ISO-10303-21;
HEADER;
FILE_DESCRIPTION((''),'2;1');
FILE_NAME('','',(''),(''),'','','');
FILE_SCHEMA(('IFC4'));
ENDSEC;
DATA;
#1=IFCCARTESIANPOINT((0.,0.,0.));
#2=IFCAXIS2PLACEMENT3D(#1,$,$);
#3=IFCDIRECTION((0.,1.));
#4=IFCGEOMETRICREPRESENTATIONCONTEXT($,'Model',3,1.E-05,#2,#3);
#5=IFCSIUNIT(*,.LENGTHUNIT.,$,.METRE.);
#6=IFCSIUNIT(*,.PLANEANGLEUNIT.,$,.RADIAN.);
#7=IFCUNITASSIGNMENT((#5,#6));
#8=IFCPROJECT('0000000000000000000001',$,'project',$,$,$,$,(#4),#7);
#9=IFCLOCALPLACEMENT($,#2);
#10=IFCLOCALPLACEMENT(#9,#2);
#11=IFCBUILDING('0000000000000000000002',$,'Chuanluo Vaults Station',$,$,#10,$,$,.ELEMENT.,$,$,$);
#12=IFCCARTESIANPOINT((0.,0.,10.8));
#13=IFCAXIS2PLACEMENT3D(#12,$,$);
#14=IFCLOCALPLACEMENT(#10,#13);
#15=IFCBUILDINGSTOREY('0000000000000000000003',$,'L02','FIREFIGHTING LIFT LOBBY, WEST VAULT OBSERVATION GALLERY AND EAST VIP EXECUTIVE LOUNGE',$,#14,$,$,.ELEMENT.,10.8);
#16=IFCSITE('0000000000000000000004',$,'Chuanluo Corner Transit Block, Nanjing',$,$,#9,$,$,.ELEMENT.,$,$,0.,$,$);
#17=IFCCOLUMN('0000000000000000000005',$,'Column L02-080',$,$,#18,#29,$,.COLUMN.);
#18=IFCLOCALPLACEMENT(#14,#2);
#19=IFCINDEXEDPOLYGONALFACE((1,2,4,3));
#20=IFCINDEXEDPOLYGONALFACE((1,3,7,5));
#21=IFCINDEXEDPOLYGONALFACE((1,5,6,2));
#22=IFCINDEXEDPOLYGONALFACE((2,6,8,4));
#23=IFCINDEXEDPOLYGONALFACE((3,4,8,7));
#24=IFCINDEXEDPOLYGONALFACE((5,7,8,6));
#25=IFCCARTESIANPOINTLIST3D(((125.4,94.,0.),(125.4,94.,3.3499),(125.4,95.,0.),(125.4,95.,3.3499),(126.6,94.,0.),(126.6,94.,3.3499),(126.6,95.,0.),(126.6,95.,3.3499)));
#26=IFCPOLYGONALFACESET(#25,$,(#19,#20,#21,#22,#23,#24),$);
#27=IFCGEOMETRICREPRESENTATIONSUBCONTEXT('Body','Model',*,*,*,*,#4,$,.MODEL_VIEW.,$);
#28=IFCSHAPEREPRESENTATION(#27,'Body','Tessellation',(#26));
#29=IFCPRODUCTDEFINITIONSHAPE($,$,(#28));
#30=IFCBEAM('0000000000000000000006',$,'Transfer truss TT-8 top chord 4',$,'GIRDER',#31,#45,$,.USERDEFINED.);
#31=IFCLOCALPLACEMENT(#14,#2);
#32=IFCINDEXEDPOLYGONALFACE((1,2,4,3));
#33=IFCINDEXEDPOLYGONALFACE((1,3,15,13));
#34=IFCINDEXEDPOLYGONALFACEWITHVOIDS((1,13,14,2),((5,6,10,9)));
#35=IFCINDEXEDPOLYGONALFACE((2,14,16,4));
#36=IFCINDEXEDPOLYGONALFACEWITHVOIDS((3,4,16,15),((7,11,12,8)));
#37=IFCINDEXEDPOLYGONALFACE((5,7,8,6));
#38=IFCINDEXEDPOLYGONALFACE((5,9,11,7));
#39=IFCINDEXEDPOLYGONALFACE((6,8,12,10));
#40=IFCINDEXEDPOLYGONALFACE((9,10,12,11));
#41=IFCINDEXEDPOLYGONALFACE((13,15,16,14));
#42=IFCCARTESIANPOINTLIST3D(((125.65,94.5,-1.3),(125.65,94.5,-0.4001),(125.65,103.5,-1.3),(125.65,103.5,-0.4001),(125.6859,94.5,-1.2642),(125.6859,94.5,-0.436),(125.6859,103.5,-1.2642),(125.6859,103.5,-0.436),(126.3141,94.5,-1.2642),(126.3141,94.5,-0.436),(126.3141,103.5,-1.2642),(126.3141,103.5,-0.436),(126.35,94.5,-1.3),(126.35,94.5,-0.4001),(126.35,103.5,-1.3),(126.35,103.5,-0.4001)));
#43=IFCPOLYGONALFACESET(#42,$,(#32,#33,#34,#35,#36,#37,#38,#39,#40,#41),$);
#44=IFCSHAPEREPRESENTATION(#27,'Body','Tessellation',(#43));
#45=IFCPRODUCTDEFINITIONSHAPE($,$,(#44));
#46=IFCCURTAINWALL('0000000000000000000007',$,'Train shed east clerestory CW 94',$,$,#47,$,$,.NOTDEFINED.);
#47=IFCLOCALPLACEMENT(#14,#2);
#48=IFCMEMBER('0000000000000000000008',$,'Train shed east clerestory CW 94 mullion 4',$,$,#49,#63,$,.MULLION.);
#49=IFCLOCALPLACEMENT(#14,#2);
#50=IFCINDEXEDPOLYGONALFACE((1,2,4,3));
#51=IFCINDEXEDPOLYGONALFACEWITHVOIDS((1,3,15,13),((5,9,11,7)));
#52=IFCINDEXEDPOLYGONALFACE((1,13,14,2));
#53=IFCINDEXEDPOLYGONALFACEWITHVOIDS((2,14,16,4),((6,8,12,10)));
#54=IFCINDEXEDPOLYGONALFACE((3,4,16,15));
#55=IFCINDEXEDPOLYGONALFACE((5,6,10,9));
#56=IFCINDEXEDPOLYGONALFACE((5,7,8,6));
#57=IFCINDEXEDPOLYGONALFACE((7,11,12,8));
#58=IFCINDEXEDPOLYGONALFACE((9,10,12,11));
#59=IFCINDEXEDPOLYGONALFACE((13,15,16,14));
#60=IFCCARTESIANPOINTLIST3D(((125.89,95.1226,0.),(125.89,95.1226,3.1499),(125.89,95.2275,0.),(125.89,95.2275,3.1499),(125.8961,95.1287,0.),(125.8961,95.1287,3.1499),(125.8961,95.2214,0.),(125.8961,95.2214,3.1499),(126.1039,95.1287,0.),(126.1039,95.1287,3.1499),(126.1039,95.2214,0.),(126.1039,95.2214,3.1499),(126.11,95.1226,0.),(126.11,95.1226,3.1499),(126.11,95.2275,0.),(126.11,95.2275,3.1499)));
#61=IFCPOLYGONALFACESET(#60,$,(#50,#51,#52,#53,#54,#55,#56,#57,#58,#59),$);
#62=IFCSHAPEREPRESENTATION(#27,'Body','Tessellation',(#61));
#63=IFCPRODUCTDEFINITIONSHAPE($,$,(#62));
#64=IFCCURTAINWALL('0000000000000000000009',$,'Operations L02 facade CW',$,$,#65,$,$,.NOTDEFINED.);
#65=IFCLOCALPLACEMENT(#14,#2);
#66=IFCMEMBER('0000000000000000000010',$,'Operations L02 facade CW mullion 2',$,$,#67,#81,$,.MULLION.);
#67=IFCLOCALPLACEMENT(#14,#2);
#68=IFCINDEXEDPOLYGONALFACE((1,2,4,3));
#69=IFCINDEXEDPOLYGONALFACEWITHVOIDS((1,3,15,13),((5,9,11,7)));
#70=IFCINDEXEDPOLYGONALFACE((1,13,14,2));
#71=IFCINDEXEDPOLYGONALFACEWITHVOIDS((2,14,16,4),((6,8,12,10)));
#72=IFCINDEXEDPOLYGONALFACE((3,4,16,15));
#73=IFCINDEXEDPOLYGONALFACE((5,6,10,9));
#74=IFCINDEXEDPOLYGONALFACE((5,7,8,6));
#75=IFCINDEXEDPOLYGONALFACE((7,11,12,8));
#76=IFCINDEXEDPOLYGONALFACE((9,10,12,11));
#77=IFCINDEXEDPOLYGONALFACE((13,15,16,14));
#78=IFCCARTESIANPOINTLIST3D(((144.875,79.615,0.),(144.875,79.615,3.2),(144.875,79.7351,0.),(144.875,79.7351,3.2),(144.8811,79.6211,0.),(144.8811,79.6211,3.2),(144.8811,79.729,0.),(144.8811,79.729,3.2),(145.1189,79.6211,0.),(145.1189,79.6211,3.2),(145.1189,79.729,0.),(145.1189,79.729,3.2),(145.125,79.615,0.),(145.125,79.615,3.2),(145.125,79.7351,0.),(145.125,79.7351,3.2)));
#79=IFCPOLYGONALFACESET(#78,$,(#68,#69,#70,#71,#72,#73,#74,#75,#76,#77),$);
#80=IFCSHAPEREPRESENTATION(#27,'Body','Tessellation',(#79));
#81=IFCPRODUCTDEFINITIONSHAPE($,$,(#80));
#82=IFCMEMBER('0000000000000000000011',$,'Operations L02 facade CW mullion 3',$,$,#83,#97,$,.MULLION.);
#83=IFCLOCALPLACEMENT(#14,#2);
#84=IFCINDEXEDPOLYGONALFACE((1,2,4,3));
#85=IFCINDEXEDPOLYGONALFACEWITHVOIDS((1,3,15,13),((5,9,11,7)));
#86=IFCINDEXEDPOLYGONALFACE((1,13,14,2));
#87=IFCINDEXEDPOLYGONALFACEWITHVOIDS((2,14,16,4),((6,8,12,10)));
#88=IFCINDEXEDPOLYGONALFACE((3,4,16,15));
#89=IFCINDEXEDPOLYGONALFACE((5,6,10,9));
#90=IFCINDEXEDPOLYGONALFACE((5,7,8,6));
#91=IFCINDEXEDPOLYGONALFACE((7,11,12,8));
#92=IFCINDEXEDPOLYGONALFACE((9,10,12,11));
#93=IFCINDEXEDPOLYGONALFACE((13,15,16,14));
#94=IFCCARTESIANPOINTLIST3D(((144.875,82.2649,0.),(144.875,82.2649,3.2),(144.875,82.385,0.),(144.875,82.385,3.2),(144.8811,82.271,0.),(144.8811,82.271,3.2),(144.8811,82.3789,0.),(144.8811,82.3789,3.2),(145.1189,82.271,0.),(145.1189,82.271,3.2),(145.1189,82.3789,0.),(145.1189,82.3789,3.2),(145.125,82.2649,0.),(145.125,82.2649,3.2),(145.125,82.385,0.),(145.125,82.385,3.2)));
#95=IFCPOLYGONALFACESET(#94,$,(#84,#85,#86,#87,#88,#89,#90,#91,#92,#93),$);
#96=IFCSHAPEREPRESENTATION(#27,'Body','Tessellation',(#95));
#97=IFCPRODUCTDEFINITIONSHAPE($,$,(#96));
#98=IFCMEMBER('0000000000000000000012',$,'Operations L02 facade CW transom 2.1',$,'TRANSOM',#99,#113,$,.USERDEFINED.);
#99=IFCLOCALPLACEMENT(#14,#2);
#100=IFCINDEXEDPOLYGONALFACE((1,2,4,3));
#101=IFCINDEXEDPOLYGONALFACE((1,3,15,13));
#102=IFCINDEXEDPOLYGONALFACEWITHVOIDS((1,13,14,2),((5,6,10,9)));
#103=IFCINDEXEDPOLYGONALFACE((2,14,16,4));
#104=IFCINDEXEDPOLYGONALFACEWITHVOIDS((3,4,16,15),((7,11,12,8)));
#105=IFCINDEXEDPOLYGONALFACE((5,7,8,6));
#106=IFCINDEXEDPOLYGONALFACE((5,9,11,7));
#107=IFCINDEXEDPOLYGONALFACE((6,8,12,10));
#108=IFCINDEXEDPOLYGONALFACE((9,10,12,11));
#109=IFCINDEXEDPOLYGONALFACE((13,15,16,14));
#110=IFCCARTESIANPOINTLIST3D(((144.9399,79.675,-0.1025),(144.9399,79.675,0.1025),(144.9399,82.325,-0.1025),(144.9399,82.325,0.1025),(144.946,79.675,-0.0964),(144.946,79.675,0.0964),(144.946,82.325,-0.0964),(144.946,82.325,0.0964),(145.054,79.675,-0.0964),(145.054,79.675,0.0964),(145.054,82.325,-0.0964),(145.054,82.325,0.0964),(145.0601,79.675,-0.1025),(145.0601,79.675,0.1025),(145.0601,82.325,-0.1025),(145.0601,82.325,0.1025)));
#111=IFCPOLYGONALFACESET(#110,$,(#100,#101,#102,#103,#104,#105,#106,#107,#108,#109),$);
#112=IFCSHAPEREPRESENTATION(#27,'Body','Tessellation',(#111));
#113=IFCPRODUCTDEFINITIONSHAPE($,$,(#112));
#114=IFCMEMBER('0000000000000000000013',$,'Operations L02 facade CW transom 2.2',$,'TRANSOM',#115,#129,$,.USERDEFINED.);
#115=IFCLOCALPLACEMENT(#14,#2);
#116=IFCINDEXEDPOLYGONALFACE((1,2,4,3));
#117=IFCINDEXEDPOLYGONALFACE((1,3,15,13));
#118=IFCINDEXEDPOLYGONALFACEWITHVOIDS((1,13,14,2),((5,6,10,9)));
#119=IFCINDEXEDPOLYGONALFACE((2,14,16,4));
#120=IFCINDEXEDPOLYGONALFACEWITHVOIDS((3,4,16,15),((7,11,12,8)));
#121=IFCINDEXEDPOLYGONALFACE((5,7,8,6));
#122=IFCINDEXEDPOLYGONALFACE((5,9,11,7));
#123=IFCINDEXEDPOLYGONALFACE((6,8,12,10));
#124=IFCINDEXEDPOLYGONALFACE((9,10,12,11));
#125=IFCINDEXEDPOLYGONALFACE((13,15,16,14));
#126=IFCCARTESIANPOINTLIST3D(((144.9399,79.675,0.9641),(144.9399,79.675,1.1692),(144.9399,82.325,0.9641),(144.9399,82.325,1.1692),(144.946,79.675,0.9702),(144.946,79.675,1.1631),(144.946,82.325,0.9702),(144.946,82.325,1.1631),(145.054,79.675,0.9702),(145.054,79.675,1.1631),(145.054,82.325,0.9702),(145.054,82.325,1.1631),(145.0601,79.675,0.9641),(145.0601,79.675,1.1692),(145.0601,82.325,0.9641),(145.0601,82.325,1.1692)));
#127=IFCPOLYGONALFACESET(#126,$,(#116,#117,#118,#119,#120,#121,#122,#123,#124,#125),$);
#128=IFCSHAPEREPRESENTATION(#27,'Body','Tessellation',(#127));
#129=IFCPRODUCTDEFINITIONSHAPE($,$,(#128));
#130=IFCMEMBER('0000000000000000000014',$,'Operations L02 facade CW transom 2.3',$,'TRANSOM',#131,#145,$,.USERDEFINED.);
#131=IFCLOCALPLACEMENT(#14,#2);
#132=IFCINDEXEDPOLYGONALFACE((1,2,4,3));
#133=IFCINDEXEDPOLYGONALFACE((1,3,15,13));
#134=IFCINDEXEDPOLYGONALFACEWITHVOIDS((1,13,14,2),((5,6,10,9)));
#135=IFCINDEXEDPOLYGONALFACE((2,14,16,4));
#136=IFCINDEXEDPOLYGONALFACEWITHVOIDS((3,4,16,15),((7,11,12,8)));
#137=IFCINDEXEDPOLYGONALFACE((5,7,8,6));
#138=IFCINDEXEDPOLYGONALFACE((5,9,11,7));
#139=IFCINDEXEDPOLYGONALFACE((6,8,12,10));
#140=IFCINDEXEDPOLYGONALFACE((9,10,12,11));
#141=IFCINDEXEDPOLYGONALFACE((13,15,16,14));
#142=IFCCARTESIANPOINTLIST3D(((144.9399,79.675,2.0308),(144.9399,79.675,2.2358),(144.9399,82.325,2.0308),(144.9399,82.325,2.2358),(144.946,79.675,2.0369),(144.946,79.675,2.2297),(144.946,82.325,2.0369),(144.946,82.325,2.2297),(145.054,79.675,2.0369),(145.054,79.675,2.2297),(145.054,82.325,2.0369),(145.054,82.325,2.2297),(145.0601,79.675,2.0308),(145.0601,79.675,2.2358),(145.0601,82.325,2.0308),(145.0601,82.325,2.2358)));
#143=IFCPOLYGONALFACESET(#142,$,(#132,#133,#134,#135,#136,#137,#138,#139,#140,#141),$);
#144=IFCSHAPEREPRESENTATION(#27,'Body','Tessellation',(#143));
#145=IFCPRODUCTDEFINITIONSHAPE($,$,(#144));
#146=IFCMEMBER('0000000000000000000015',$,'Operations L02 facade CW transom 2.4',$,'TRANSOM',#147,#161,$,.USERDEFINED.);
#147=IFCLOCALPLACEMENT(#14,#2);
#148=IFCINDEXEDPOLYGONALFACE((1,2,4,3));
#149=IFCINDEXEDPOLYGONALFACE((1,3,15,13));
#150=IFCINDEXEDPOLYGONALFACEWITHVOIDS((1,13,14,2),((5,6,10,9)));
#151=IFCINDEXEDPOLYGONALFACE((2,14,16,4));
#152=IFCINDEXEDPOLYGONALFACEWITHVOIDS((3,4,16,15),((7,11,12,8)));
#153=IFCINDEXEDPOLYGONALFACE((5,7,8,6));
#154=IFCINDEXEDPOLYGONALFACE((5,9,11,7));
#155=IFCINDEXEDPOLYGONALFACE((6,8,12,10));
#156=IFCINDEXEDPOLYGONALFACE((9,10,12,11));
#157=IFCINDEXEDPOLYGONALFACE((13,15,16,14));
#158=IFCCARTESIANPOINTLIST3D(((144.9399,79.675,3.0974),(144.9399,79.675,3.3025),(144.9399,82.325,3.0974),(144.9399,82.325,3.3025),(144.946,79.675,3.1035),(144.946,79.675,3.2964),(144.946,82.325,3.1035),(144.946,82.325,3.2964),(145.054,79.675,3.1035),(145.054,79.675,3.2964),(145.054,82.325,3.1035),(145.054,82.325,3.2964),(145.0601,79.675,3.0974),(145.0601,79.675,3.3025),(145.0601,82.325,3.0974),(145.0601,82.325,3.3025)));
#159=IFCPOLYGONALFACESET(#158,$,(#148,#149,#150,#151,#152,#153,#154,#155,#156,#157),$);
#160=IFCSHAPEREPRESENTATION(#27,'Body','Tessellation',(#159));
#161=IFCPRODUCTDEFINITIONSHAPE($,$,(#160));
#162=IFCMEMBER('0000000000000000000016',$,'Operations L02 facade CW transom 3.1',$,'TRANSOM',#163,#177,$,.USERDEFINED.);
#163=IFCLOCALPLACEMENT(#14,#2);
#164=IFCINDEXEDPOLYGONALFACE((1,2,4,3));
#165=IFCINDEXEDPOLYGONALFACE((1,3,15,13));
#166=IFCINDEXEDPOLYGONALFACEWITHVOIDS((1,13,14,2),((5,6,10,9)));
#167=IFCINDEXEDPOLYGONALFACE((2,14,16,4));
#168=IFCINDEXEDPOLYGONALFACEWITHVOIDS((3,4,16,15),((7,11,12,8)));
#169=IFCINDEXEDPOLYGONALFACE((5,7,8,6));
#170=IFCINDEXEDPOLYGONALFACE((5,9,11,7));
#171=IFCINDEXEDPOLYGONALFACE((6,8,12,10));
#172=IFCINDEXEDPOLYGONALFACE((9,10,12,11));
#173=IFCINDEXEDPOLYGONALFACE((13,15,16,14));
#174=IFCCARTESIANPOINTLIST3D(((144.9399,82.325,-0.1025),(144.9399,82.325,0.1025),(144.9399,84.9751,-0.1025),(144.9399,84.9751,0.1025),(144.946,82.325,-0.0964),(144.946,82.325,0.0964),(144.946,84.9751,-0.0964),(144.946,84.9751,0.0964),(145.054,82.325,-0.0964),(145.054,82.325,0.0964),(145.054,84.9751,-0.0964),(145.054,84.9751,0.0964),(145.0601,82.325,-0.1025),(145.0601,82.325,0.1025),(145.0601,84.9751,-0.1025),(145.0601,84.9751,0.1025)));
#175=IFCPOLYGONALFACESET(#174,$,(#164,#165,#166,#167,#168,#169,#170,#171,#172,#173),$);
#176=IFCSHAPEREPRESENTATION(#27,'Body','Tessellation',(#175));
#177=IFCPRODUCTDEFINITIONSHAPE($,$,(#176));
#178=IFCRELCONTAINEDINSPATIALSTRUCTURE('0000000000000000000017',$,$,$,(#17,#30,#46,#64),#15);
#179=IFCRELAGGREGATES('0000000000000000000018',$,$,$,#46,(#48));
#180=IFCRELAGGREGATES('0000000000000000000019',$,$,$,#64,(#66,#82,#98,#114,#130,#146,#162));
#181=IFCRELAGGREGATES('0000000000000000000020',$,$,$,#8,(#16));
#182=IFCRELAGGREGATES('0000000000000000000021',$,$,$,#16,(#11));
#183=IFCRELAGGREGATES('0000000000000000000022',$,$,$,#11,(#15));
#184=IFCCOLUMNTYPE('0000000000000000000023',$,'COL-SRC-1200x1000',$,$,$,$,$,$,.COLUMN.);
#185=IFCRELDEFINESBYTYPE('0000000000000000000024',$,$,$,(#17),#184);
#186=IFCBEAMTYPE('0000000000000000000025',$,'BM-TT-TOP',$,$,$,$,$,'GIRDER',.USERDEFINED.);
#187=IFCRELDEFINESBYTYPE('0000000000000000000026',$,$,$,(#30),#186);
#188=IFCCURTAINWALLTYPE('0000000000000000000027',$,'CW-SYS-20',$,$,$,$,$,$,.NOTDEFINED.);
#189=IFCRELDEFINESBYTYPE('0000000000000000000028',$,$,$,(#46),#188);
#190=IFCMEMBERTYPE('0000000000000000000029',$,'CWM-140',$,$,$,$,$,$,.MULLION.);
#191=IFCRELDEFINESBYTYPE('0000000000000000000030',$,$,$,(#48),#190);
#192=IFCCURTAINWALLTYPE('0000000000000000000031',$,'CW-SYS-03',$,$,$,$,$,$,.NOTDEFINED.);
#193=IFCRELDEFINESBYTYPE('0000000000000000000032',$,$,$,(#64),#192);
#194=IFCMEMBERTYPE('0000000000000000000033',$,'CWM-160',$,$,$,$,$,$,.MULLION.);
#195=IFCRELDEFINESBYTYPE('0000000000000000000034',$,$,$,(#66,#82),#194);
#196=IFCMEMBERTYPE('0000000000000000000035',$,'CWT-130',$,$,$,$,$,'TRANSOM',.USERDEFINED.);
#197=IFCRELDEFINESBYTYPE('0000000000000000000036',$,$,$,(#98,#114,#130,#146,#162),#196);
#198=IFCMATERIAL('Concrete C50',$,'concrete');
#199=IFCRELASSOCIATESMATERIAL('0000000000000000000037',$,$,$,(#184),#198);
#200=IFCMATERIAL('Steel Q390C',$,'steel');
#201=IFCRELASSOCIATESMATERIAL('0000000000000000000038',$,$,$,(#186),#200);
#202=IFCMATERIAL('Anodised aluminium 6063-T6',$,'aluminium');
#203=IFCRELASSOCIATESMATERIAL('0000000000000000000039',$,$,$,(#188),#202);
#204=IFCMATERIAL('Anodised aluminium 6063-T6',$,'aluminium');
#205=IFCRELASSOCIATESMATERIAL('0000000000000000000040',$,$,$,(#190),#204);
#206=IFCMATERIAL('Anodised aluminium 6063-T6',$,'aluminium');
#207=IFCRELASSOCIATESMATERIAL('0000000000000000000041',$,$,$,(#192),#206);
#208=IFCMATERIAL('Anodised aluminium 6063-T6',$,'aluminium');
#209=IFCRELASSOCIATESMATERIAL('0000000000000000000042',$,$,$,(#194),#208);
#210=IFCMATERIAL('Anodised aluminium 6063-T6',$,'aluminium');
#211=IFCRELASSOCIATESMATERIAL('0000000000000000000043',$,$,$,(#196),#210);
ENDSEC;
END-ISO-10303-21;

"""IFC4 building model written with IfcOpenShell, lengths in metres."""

from ifc_helpers import new_model, si_unit, direction, frame, origin, origin_2d, place, context, subcontext, project, spatial, rectangle, hollow_rectangle, extrude, material, material_profile, profile_set, type_object, element, aggregate, save


model = new_model("IFC4")

# Units and contexts
model_context = context("Model", 3, precision=1e-05, world=origin(), true_north=direction((0.0, 1.0)))
body_context = subcontext(model_context, "Body", "Model", "MODEL_VIEW")
ifc_project = project(units=[si_unit("LENGTHUNIT", "METRE"), si_unit("PLANEANGLEUNIT", "RADIAN")], contexts=[model_context])

# Site, building, storey
site_placement = place(None, origin())
site = spatial("IfcSite", under=ifc_project, at=site_placement, Name="Chuanluo Corner Transit Block, Nanjing", CompositionType="ELEMENT", RefElevation=0.0)
building_placement = place(site_placement, origin())
building = spatial("IfcBuilding", under=site, at=building_placement, Name="Chuanluo Vaults Station", CompositionType="ELEMENT")
storey_placement = place(building_placement, frame((0.0, 0.0, 10.8)))
storey = spatial("IfcBuildingStorey", under=building, at=storey_placement, Name="L02", Description="FIREFIGHTING LIFT LOBBY, WEST VAULT OBSERVATION GALLERY AND EAST VIP EXECUTIVE LOUNGE", CompositionType="ELEMENT", Elevation=10.8)

# Column
ifc_material_1 = material(Name="Concrete C50", Category="concrete")
ifc_material_profile_1 = material_profile(ifc_material_1, rectangle(XDim=1.2, YDim=1.0, at=origin_2d()))
ifc_profile_set_1 = profile_set([ifc_material_profile_1], Name="Concrete C50")
column_type = type_object("IfcColumnType", Name="COL-SRC-1200x1000", PredefinedType="COLUMN", material=ifc_profile_set_1)
column_placement = place(storey_placement, frame((126.0, 94.5, 0.0), z_axis=(0.0, 0.0, 1.0), x_axis=(1.0, 0.0, 0.0)))
element("IfcColumn", 1, at=column_placement, inside=storey, type_object=column_type, Name="Column L02-080", PredefinedType="COLUMN", context=body_context, shape_type="SweptSolid", body=[
    extrude(rectangle(XDim=1.2, YDim=1.0, at=origin_2d()), origin(), (0.0, 0.0, 1.0), 3.3499),
])

# Beam
ifc_material_2 = material(Name="Steel Q390C", Category="steel")
ifc_material_profile_2 = material_profile(ifc_material_2, hollow_rectangle(XDim=0.7, YDim=0.8999, WallThickness=0.0359, at=origin_2d()))
ifc_profile_set_2 = profile_set([ifc_material_profile_2], Name="Steel Q390C")
beam_type = type_object("IfcBeamType", Name="BM-TT-TOP", ElementType="GIRDER", PredefinedType="USERDEFINED", material=ifc_profile_set_2)
beam_placement = place(storey_placement, frame((126.0, 94.5, -0.8501), z_axis=(0.0, 1.0, 0.0), x_axis=(-1.0, 0.0, 0.0)))
element("IfcBeam", 2, at=beam_placement, inside=storey, type_object=beam_type, Name="Transfer truss TT-8 top chord 4", ObjectType="GIRDER", PredefinedType="USERDEFINED", context=body_context, shape_type="SweptSolid", body=[
    extrude(hollow_rectangle(XDim=0.7, YDim=0.8999, WallThickness=0.0359, at=origin_2d()), origin(), (0.0, 0.0, 1.0), 9.0),
])

# Curtain wall, member
ifc_material_3 = material(Name="Anodised aluminium 6063-T6", Category="aluminium")
curtain_wall_type_1 = type_object("IfcCurtainWallType", Name="CW-SYS-20", PredefinedType="NOTDEFINED", material=ifc_material_3)
curtain_wall_1_placement = place(storey_placement, origin())
curtain_wall_1 = element("IfcCurtainWall", 3, at=curtain_wall_1_placement, inside=storey, type_object=curtain_wall_type_1, Name="Train shed east clerestory CW 94", PredefinedType="NOTDEFINED")
ifc_material_4 = material(Name="Anodised aluminium 6063-T6", Category="aluminium")
ifc_material_profile_3 = material_profile(ifc_material_4, hollow_rectangle(XDim=0.105, YDim=0.22, WallThickness=0.0061, at=origin_2d()))
ifc_profile_set_3 = profile_set([ifc_material_profile_3], Name="Anodised aluminium 6063-T6")
member_type_1 = type_object("IfcMemberType", Name="CWM-140", PredefinedType="MULLION", material=ifc_profile_set_3)
member_1_placement = place(storey_placement, frame((126.0, 95.175, 0.0), z_axis=(0.0, 0.0, 1.0), x_axis=(0.0, -1.0, 0.0)))
member_1 = element("IfcMember", 4, at=member_1_placement, type_object=member_type_1, Name="Train shed east clerestory CW 94 mullion 4", PredefinedType="MULLION", context=body_context, shape_type="SweptSolid", body=[
    extrude(hollow_rectangle(XDim=0.105, YDim=0.22, WallThickness=0.0061, at=origin_2d()), origin(), (0.0, 0.0, 1.0), 3.1499),
])

# Curtain wall, members
ifc_material_5 = material(Name="Anodised aluminium 6063-T6", Category="aluminium")
curtain_wall_type_2 = type_object("IfcCurtainWallType", Name="CW-SYS-03", PredefinedType="NOTDEFINED", material=ifc_material_5)
curtain_wall_2_placement = place(storey_placement, origin())
curtain_wall_2 = element("IfcCurtainWall", 5, at=curtain_wall_2_placement, inside=storey, type_object=curtain_wall_type_2, Name="Operations L02 facade CW", PredefinedType="NOTDEFINED")
ifc_material_6 = material(Name="Anodised aluminium 6063-T6", Category="aluminium")
ifc_material_profile_4 = material_profile(ifc_material_6, hollow_rectangle(XDim=0.1201, YDim=0.25, WallThickness=0.0061, at=origin_2d()))
ifc_profile_set_4 = profile_set([ifc_material_profile_4], Name="Anodised aluminium 6063-T6")
member_type_2 = type_object("IfcMemberType", Name="CWM-160", PredefinedType="MULLION", material=ifc_profile_set_4)
member_2_placement = place(storey_placement, frame((145.0, 79.675, 0.0), z_axis=(0.0, 0.0, 1.0), x_axis=(0.0, 1.0, 0.0)))
member_2 = element("IfcMember", 6, at=member_2_placement, type_object=member_type_2, Name="Operations L02 facade CW mullion 2", PredefinedType="MULLION", context=body_context, shape_type="SweptSolid", body=[
    extrude(hollow_rectangle(XDim=0.1201, YDim=0.25, WallThickness=0.0061, at=origin_2d()), origin(), (0.0, 0.0, 1.0), 3.2),
])
member_3_placement = place(storey_placement, frame((145.0, 82.325, 0.0), z_axis=(0.0, 0.0, 1.0), x_axis=(0.0, 1.0, 0.0)))
member_3 = element("IfcMember", 7, at=member_3_placement, type_object=member_type_2, Name="Operations L02 facade CW mullion 3", PredefinedType="MULLION", context=body_context, shape_type="SweptSolid", body=[
    extrude(hollow_rectangle(XDim=0.1201, YDim=0.25, WallThickness=0.0061, at=origin_2d()), origin(), (0.0, 0.0, 1.0), 3.2),
])
ifc_material_7 = material(Name="Anodised aluminium 6063-T6", Category="aluminium")
ifc_material_profile_5 = material_profile(ifc_material_7, hollow_rectangle(XDim=0.1201, YDim=0.2051, WallThickness=0.0061, at=origin_2d()))
ifc_profile_set_5 = profile_set([ifc_material_profile_5], Name="Anodised aluminium 6063-T6")
member_type_3 = type_object("IfcMemberType", Name="CWT-130", ElementType="TRANSOM", PredefinedType="USERDEFINED", material=ifc_profile_set_5)
member_4_placement = place(storey_placement, frame((145.0, 79.675, 0.0), z_axis=(0.0, 1.0, 0.0), x_axis=(-1.0, 0.0, 0.0)))
member_4 = element("IfcMember", 8, at=member_4_placement, type_object=member_type_3, Name="Operations L02 facade CW transom 2.1", ObjectType="TRANSOM", PredefinedType="USERDEFINED", context=body_context, shape_type="SweptSolid", body=[
    extrude(hollow_rectangle(XDim=0.1201, YDim=0.2051, WallThickness=0.0061, at=origin_2d()), origin(), (0.0, 0.0, 1.0), 2.6499),
])
member_5_placement = place(storey_placement, frame((145.0, 79.675, 1.0667), z_axis=(0.0, 1.0, 0.0), x_axis=(-1.0, 0.0, 0.0)))
member_5 = element("IfcMember", 9, at=member_5_placement, type_object=member_type_3, Name="Operations L02 facade CW transom 2.2", ObjectType="TRANSOM", PredefinedType="USERDEFINED", context=body_context, shape_type="SweptSolid", body=[
    extrude(hollow_rectangle(XDim=0.1201, YDim=0.2051, WallThickness=0.0061, at=origin_2d()), origin(), (0.0, 0.0, 1.0), 2.6499),
])
member_6_placement = place(storey_placement, frame((145.0, 79.675, 2.1333), z_axis=(0.0, 1.0, 0.0), x_axis=(-1.0, 0.0, 0.0)))
member_6 = element("IfcMember", 10, at=member_6_placement, type_object=member_type_3, Name="Operations L02 facade CW transom 2.3", ObjectType="TRANSOM", PredefinedType="USERDEFINED", context=body_context, shape_type="SweptSolid", body=[
    extrude(hollow_rectangle(XDim=0.1201, YDim=0.2051, WallThickness=0.0061, at=origin_2d()), origin(), (0.0, 0.0, 1.0), 2.6499),
])
member_7_placement = place(storey_placement, frame((145.0, 79.675, 3.2), z_axis=(0.0, 1.0, 0.0), x_axis=(-1.0, 0.0, 0.0)))
member_7 = element("IfcMember", 11, at=member_7_placement, type_object=member_type_3, Name="Operations L02 facade CW transom 2.4", ObjectType="TRANSOM", PredefinedType="USERDEFINED", context=body_context, shape_type="SweptSolid", body=[
    extrude(hollow_rectangle(XDim=0.1201, YDim=0.2051, WallThickness=0.0061, at=origin_2d()), origin(), (0.0, 0.0, 1.0), 2.6499),
])
member_8_placement = place(storey_placement, frame((145.0, 82.325, 0.0), z_axis=(0.0, 1.0, 0.0), x_axis=(-1.0, 0.0, 0.0)))
member_8 = element("IfcMember", 12, at=member_8_placement, type_object=member_type_3, Name="Operations L02 facade CW transom 3.1", ObjectType="TRANSOM", PredefinedType="USERDEFINED", context=body_context, shape_type="SweptSolid", body=[
    extrude(hollow_rectangle(XDim=0.1201, YDim=0.2051, WallThickness=0.0061, at=origin_2d()), origin(), (0.0, 0.0, 1.0), 2.6501),
])

aggregate(curtain_wall_1, [member_1])
aggregate(curtain_wall_2, [member_2, member_3, member_4, member_5, member_6, member_7, member_8])

save(model, "model.ifc")
